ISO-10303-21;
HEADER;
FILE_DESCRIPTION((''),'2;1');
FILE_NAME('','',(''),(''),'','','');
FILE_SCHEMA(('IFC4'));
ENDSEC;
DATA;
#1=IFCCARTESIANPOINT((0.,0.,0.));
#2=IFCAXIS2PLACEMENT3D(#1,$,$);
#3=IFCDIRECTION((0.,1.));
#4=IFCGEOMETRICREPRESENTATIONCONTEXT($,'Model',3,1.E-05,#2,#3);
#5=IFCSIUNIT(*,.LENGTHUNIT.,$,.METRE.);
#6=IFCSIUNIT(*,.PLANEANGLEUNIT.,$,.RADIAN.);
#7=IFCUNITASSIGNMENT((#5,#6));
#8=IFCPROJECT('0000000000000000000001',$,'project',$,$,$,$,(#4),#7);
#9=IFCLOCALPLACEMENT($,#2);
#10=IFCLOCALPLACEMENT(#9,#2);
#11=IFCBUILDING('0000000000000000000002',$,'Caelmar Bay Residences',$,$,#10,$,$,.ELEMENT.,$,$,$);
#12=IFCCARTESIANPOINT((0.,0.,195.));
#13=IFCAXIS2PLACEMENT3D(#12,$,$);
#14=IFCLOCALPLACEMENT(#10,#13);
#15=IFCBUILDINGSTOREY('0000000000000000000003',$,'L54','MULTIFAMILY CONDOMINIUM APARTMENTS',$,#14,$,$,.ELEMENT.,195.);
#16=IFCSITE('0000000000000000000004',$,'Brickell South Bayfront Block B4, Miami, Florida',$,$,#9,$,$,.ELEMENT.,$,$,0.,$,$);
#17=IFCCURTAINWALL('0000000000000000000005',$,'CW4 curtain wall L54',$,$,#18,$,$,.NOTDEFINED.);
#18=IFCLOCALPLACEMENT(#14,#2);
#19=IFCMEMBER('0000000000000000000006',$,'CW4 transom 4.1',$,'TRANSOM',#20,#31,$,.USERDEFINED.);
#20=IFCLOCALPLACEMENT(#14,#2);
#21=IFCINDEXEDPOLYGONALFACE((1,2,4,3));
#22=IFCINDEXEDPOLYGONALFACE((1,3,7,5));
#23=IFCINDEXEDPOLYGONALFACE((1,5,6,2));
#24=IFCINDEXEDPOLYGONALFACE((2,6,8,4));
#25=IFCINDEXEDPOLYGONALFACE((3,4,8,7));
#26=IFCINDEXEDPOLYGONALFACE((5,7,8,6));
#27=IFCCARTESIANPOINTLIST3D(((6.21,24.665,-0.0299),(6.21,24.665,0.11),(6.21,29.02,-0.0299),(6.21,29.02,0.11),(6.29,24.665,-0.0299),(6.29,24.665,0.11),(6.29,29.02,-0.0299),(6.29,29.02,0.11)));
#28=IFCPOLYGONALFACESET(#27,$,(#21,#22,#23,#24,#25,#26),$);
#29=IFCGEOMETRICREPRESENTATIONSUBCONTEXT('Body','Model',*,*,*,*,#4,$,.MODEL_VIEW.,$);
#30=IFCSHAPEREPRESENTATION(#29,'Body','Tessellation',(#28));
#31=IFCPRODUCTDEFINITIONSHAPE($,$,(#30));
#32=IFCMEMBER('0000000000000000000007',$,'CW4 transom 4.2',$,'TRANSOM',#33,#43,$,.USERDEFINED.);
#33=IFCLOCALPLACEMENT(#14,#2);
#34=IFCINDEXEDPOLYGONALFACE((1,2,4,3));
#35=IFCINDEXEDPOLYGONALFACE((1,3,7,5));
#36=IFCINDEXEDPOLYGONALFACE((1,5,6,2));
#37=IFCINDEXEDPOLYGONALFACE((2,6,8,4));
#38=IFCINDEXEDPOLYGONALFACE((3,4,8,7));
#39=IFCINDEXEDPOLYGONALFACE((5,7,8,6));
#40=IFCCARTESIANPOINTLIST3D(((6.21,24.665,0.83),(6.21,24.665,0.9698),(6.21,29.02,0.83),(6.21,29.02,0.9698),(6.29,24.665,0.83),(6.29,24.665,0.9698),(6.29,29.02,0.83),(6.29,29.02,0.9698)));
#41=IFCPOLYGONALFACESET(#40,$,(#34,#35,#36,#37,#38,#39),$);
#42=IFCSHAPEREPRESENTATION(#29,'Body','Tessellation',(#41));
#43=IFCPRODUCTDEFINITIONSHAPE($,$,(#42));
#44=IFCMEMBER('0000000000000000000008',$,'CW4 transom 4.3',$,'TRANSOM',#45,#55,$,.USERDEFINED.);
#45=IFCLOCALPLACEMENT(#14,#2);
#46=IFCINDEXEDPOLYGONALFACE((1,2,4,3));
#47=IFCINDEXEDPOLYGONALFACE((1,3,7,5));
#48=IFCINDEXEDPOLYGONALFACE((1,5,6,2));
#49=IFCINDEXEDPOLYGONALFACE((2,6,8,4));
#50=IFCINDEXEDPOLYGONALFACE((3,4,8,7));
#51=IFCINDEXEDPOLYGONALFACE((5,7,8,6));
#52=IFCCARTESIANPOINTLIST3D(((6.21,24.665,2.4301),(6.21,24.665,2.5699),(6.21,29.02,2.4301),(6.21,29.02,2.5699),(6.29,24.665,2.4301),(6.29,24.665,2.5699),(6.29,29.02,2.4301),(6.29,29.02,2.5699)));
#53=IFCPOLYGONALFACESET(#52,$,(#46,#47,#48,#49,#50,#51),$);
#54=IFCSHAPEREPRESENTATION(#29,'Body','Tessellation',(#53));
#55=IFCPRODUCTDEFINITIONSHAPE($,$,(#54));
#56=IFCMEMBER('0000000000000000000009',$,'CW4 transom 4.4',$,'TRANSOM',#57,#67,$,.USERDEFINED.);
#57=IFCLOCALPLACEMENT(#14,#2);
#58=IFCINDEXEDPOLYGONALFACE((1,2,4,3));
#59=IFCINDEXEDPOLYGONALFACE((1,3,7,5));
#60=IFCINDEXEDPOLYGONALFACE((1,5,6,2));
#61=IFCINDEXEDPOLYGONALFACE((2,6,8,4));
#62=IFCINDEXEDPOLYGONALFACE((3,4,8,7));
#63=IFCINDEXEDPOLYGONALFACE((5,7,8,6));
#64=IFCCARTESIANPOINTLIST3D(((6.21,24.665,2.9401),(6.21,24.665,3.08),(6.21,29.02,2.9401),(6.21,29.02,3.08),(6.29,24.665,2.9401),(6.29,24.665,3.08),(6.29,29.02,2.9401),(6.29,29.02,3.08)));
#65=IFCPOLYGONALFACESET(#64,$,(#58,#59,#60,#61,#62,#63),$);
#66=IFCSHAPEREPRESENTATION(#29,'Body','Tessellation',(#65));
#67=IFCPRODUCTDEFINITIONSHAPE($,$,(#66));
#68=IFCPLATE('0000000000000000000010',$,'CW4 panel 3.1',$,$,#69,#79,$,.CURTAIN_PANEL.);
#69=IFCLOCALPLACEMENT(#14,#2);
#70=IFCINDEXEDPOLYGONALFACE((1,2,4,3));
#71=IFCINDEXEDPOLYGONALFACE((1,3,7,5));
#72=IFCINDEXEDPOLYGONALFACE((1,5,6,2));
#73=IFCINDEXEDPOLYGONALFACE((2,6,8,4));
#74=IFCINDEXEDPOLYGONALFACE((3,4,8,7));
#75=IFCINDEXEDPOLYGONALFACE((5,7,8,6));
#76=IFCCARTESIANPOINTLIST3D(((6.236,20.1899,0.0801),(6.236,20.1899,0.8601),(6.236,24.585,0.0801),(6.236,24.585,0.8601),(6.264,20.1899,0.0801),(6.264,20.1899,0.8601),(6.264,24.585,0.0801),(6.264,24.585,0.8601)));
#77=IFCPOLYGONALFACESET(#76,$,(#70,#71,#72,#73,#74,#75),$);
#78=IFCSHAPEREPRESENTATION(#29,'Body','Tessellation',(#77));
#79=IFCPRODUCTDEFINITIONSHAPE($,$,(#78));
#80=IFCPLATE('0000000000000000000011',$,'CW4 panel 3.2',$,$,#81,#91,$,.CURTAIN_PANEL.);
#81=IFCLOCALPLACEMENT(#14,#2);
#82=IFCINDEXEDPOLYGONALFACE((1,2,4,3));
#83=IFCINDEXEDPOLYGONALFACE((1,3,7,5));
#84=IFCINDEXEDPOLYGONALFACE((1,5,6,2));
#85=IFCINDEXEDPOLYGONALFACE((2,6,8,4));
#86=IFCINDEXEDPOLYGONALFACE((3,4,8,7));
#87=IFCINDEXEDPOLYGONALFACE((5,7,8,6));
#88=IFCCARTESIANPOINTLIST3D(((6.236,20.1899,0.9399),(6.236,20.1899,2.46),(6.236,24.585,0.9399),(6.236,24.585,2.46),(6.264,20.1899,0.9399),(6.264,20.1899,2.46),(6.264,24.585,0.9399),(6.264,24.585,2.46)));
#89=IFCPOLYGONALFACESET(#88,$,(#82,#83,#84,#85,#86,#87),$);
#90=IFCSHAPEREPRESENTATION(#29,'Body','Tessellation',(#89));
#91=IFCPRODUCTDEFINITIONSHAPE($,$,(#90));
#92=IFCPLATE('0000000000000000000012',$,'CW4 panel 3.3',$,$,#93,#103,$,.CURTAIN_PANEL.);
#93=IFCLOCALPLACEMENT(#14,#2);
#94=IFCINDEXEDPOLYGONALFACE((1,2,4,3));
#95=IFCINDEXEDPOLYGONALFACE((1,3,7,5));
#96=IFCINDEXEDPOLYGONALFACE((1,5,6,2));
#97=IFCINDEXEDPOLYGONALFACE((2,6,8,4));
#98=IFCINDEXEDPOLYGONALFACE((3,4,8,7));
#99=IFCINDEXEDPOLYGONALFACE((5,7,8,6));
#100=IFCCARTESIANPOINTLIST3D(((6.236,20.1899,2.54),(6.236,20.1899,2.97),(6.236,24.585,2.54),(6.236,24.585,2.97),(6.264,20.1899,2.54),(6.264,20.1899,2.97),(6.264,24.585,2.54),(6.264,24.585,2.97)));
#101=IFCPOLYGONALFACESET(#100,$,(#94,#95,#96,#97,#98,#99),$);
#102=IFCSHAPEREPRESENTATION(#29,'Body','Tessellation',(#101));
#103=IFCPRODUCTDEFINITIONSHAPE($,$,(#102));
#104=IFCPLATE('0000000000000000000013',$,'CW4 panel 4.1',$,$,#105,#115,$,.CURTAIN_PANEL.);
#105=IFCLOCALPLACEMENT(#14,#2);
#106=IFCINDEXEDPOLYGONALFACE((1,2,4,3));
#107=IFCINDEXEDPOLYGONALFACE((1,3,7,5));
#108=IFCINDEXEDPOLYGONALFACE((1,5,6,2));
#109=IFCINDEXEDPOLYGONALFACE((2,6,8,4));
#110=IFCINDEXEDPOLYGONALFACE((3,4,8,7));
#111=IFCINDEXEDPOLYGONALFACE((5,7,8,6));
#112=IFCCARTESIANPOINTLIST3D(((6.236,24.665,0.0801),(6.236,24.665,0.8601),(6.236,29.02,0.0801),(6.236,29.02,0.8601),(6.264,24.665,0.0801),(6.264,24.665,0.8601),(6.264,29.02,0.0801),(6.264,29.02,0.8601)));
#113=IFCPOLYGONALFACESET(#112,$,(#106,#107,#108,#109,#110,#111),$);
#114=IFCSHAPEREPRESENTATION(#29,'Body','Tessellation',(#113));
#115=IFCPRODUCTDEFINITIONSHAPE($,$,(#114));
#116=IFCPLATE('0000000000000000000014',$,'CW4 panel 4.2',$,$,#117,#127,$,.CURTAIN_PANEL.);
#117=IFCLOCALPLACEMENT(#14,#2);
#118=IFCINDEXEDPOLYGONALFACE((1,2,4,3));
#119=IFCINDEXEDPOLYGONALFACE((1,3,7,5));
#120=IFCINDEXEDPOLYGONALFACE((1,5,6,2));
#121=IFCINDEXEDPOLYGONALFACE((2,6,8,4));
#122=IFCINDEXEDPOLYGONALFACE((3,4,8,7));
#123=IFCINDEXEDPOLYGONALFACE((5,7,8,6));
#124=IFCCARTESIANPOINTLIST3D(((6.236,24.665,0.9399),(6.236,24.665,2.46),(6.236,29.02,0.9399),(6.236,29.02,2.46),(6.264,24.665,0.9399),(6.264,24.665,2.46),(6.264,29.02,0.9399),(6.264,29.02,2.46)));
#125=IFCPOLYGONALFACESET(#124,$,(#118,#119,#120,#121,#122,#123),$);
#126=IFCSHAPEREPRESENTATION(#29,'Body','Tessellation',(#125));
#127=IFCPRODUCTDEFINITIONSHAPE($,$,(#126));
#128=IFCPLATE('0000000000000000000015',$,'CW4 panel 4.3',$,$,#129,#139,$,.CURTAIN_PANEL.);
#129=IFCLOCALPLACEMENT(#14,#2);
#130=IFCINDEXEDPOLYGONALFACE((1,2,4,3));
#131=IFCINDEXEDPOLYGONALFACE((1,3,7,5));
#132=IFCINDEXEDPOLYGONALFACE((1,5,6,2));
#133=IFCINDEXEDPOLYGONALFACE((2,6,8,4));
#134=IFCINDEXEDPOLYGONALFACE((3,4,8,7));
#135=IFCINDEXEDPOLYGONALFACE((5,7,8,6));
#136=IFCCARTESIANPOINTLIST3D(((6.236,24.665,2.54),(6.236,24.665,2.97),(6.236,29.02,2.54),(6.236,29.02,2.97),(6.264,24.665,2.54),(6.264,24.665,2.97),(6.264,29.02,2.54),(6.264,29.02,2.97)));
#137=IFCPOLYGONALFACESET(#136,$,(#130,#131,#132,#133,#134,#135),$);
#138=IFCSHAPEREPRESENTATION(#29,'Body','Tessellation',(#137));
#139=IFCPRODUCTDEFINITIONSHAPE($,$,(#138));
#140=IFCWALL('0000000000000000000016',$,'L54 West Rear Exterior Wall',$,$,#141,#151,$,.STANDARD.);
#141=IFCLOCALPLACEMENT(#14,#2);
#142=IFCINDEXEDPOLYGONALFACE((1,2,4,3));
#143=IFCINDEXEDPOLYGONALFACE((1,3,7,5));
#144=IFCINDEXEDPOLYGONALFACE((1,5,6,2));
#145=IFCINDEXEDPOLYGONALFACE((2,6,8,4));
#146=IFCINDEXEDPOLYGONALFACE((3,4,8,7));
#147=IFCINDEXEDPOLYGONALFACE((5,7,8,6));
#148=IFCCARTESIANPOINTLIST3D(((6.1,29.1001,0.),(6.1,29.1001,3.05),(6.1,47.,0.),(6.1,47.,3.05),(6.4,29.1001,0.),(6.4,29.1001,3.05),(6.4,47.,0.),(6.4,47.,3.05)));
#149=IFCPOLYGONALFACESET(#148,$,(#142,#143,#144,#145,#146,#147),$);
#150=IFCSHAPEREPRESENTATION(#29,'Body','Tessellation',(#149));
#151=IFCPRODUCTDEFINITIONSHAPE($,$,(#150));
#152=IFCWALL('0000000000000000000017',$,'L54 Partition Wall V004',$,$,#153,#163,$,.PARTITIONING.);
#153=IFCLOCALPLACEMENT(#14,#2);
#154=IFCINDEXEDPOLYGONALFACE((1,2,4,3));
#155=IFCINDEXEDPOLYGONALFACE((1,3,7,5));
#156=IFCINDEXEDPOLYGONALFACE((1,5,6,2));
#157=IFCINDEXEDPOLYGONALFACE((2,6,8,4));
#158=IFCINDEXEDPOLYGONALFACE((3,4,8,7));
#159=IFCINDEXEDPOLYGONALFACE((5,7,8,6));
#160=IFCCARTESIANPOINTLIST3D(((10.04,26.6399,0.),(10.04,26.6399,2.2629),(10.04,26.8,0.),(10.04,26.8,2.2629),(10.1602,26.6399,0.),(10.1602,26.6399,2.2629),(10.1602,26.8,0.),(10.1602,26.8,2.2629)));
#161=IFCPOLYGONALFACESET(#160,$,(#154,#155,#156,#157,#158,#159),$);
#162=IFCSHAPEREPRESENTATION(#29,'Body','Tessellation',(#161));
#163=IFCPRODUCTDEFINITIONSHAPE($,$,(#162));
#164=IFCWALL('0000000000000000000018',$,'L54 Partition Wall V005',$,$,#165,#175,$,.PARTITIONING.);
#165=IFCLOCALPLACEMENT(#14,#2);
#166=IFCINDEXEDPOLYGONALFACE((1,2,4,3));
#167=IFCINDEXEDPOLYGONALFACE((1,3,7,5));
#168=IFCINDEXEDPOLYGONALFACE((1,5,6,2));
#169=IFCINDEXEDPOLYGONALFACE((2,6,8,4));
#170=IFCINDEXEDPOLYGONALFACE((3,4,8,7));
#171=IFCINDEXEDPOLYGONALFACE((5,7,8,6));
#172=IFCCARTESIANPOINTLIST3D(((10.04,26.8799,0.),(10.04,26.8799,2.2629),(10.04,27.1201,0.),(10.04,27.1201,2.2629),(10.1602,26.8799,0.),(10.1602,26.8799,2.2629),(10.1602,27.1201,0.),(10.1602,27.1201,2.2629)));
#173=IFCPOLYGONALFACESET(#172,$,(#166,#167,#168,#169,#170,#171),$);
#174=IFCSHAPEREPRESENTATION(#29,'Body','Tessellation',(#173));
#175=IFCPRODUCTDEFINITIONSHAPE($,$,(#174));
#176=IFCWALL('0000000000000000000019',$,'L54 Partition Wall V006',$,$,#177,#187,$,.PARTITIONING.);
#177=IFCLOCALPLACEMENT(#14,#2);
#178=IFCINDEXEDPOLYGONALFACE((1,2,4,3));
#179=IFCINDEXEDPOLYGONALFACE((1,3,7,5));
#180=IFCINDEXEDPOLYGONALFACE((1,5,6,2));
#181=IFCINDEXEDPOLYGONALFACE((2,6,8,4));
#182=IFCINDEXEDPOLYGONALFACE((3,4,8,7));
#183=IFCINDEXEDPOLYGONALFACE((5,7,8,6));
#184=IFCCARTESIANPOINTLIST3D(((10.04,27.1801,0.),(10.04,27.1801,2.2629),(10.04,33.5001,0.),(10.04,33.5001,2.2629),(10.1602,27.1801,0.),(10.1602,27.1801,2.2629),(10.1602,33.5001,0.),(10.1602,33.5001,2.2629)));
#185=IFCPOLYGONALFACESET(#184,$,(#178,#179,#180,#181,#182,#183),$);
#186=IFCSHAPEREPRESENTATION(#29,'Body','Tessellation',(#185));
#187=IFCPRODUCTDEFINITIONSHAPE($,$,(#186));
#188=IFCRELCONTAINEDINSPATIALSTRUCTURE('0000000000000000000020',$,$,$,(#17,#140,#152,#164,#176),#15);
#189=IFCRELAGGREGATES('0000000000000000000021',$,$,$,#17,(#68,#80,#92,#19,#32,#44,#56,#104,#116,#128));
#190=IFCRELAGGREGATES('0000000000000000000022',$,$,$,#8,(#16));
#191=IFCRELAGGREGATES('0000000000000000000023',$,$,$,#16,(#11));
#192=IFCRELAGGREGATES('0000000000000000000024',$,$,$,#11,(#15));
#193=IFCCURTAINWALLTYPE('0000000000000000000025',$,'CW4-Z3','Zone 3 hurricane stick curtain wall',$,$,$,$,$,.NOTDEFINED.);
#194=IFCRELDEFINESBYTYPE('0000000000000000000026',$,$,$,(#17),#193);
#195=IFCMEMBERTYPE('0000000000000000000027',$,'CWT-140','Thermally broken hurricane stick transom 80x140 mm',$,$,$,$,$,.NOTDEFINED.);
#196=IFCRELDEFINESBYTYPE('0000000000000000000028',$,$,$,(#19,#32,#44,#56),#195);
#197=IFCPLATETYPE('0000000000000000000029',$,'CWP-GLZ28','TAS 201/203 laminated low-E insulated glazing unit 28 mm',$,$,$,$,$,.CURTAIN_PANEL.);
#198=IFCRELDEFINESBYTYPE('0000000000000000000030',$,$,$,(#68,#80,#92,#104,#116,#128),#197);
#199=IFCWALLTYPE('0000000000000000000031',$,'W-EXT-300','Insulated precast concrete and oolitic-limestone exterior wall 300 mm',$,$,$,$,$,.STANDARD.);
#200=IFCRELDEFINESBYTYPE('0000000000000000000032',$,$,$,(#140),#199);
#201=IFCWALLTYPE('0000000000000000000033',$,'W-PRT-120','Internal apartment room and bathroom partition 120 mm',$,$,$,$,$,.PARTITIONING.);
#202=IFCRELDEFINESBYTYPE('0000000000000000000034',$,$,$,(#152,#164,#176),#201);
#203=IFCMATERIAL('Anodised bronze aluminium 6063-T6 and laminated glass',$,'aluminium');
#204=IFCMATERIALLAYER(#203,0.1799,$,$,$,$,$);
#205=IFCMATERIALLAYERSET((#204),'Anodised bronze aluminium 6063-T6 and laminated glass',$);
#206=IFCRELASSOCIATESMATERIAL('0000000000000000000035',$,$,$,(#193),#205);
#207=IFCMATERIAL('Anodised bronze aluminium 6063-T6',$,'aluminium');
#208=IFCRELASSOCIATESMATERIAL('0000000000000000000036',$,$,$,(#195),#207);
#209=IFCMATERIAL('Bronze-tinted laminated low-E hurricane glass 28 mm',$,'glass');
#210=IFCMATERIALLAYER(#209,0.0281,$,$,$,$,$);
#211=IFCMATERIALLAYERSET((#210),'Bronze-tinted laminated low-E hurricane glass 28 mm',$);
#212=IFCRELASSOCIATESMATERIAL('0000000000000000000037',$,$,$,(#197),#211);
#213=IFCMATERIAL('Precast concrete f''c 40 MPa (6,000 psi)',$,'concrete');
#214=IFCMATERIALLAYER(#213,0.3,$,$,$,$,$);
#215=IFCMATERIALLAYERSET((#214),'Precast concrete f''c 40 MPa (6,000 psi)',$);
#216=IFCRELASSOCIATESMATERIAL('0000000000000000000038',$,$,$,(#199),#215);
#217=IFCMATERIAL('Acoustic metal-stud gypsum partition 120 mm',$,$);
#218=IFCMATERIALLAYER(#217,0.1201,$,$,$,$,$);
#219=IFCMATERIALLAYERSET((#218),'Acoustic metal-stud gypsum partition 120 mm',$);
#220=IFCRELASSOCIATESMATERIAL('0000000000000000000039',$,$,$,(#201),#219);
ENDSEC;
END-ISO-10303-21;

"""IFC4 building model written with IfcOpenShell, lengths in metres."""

from ifc_helpers import new_model, si_unit, direction, frame, frame_2d, origin, origin_2d, place, context, subcontext, project, spatial, rectangle, extrude, material, layer, layer_set, material_profile, profile_set, type_object, element, aggregate, save


model = new_model("IFC4")

# Units and contexts
model_context = context("Model", 3, precision=1e-05, world=origin(), true_north=direction((0.0, 1.0)))
body_context = subcontext(model_context, "Body", "Model", "MODEL_VIEW")
ifc_project = project(units=[si_unit("LENGTHUNIT", "METRE"), si_unit("PLANEANGLEUNIT", "RADIAN")], contexts=[model_context])

# Site, building, storey
site_placement = place(None, origin())
site = spatial("IfcSite", under=ifc_project, at=site_placement, Name="Brickell South Bayfront Block B4, Miami, Florida", CompositionType="ELEMENT", RefElevation=0.0)
building_placement = place(site_placement, origin())
building = spatial("IfcBuilding", under=site, at=building_placement, Name="Caelmar Bay Residences", CompositionType="ELEMENT")
storey_placement = place(building_placement, frame((0.0, 0.0, 195.0)))
storey = spatial("IfcBuildingStorey", under=building, at=storey_placement, Name="L54", Description="MULTIFAMILY CONDOMINIUM APARTMENTS", CompositionType="ELEMENT", Elevation=195.0)

# Curtain wall, members, plates
ifc_material_1 = material(Name="Anodised bronze aluminium 6063-T6 and laminated glass", Category="aluminium")
ifc_layer_1 = layer(ifc_material_1, 0.1799)
ifc_layer_set_1 = layer_set([ifc_layer_1], Name="Anodised bronze aluminium 6063-T6 and laminated glass")
curtain_wall_type = type_object("IfcCurtainWallType", Name="CW4-Z3", Description="Zone 3 hurricane stick curtain wall", PredefinedType="NOTDEFINED", material=ifc_layer_set_1)
curtain_wall_placement = place(storey_placement, origin())
curtain_wall = element("IfcCurtainWall", 1, at=curtain_wall_placement, inside=storey, type_object=curtain_wall_type, Name="CW4 curtain wall L54", PredefinedType="NOTDEFINED")
ifc_material_2 = material(Name="Anodised bronze aluminium 6063-T6", Category="aluminium")
ifc_material_profile_1 = material_profile(ifc_material_2, rectangle(XDim=0.0801, YDim=0.1399, at=origin_2d()), Name="CWT-80X140")
ifc_profile_set_1 = profile_set([ifc_material_profile_1], Name="Anodised bronze aluminium 6063-T6")
member_type_1 = type_object("IfcMemberType", Name="CWT-140", Description="Thermally broken hurricane stick transom 80x140 mm", PredefinedType="NOTDEFINED", material=ifc_profile_set_1)
member_1_placement = place(storey_placement, frame((6.25, 24.665, 0.04), z_axis=(0.0, 1.0, 0.0), x_axis=(-1.0, 0.0, 0.0)))
member_1 = element("IfcMember", 2, at=member_1_placement, type_object=member_type_1, Name="CW4 transom 4.1", ObjectType="TRANSOM", PredefinedType="USERDEFINED", context=body_context, shape_type="SweptSolid", body=[
    extrude(rectangle(XDim=0.0801, YDim=0.1399, at=origin_2d()), origin(), (0.0, 0.0, 1.0), 4.355),
])
member_2_placement = place(storey_placement, frame((6.25, 24.665, 0.8999), z_axis=(0.0, 1.0, 0.0), x_axis=(-1.0, 0.0, 0.0)))
member_2 = element("IfcMember", 3, at=member_2_placement, type_object=member_type_1, Name="CW4 transom 4.2", ObjectType="TRANSOM", PredefinedType="USERDEFINED", context=body_context, shape_type="SweptSolid", body=[
    extrude(rectangle(XDim=0.0801, YDim=0.1399, at=origin_2d()), origin(), (0.0, 0.0, 1.0), 4.355),
])
member_3_placement = place(storey_placement, frame((6.25, 24.665, 2.5), z_axis=(0.0, 1.0, 0.0), x_axis=(-1.0, 0.0, 0.0)))
member_3 = element("IfcMember", 4, at=member_3_placement, type_object=member_type_1, Name="CW4 transom 4.3", ObjectType="TRANSOM", PredefinedType="USERDEFINED", context=body_context, shape_type="SweptSolid", body=[
    extrude(rectangle(XDim=0.0801, YDim=0.1399, at=origin_2d()), origin(), (0.0, 0.0, 1.0), 4.355),
])
member_4_placement = place(storey_placement, frame((6.25, 24.665, 3.01), z_axis=(0.0, 1.0, 0.0), x_axis=(-1.0, 0.0, 0.0)))
member_4 = element("IfcMember", 5, at=member_4_placement, type_object=member_type_1, Name="CW4 transom 4.4", ObjectType="TRANSOM", PredefinedType="USERDEFINED", context=body_context, shape_type="SweptSolid", body=[
    extrude(rectangle(XDim=0.0801, YDim=0.1399, at=origin_2d()), origin(), (0.0, 0.0, 1.0), 4.355),
])
ifc_material_3 = material(Name="Bronze-tinted laminated low-E hurricane glass 28 mm", Category="glass")
ifc_layer_2 = layer(ifc_material_3, 0.0281)
ifc_layer_set_2 = layer_set([ifc_layer_2], Name="Bronze-tinted laminated low-E hurricane glass 28 mm")
plate_type = type_object("IfcPlateType", Name="CWP-GLZ28", Description="TAS 201/203 laminated low-E insulated glazing unit 28 mm", PredefinedType="CURTAIN_PANEL", material=ifc_layer_set_2)
plate_1_placement = place(storey_placement, frame((6.25, 22.3875, 0.0801), z_axis=(0.0, 0.0, 1.0), x_axis=(0.0, 1.0, 0.0)))
plate_1 = element("IfcPlate", 6, at=plate_1_placement, type_object=plate_type, Name="CW4 panel 3.1", PredefinedType="CURTAIN_PANEL", context=body_context, shape_type="SweptSolid", body=[
    extrude(rectangle(XDim=4.395, YDim=0.0281, at=origin_2d()), origin(), (0.0, 0.0, 1.0), 0.78),
])
plate_2_placement = place(storey_placement, frame((6.25, 22.3875, 0.9399), z_axis=(0.0, 0.0, 1.0), x_axis=(0.0, 1.0, 0.0)))
plate_2 = element("IfcPlate", 7, at=plate_2_placement, type_object=plate_type, Name="CW4 panel 3.2", PredefinedType="CURTAIN_PANEL", context=body_context, shape_type="SweptSolid", body=[
    extrude(rectangle(XDim=4.395, YDim=0.0281, at=origin_2d()), origin(), (0.0, 0.0, 1.0), 1.52),
])
plate_3_placement = place(storey_placement, frame((6.25, 22.3875, 2.54), z_axis=(0.0, 0.0, 1.0), x_axis=(0.0, 1.0, 0.0)))
plate_3 = element("IfcPlate", 8, at=plate_3_placement, type_object=plate_type, Name="CW4 panel 3.3", PredefinedType="CURTAIN_PANEL", context=body_context, shape_type="SweptSolid", body=[
    extrude(rectangle(XDim=4.395, YDim=0.0281, at=origin_2d()), origin(), (0.0, 0.0, 1.0), 0.4299),
])
plate_4_placement = place(storey_placement, frame((6.25, 26.8425, 0.0801), z_axis=(0.0, 0.0, 1.0), x_axis=(0.0, 1.0, 0.0)))
plate_4 = element("IfcPlate", 9, at=plate_4_placement, type_object=plate_type, Name="CW4 panel 4.1", PredefinedType="CURTAIN_PANEL", context=body_context, shape_type="SweptSolid", body=[
    extrude(rectangle(XDim=4.355, YDim=0.0281, at=origin_2d()), origin(), (0.0, 0.0, 1.0), 0.78),
])
plate_5_placement = place(storey_placement, frame((6.25, 26.8425, 0.9399), z_axis=(0.0, 0.0, 1.0), x_axis=(0.0, 1.0, 0.0)))
plate_5 = element("IfcPlate", 10, at=plate_5_placement, type_object=plate_type, Name="CW4 panel 4.2", PredefinedType="CURTAIN_PANEL", context=body_context, shape_type="SweptSolid", body=[
    extrude(rectangle(XDim=4.355, YDim=0.0281, at=origin_2d()), origin(), (0.0, 0.0, 1.0), 1.52),
])
plate_6_placement = place(storey_placement, frame((6.25, 26.8425, 2.54), z_axis=(0.0, 0.0, 1.0), x_axis=(0.0, 1.0, 0.0)))
plate_6 = element("IfcPlate", 11, at=plate_6_placement, type_object=plate_type, Name="CW4 panel 4.3", PredefinedType="CURTAIN_PANEL", context=body_context, shape_type="SweptSolid", body=[
    extrude(rectangle(XDim=4.355, YDim=0.0281, at=origin_2d()), origin(), (0.0, 0.0, 1.0), 0.4299),
])
aggregate(curtain_wall, [plate_1, plate_2, plate_3, member_1, member_2, member_3, member_4, plate_4, plate_5, plate_6])

# Walls
ifc_material_4 = material(Name="Precast concrete f'c 40 MPa (6,000 psi)", Category="concrete")
ifc_layer_3 = layer(ifc_material_4, 0.3)
ifc_layer_set_3 = layer_set([ifc_layer_3], Name="Precast concrete f'c 40 MPa (6,000 psi)")
wall_type_1 = type_object("IfcWallType", Name="W-EXT-300", Description="Insulated precast concrete and oolitic-limestone exterior wall 300 mm", PredefinedType="STANDARD", material=ifc_layer_set_3)
wall_1_placement = place(storey_placement, frame((6.25, 29.1001, 0.0), z_axis=(0.0, 0.0, 1.0), x_axis=(0.0, 1.0, 0.0)))
element("IfcWall", 12, at=wall_1_placement, inside=storey, type_object=wall_type_1, Name="L54 West Rear Exterior Wall", PredefinedType="STANDARD", context=body_context, shape_type="SweptSolid", body=[
    extrude(rectangle(XDim=17.8999, YDim=0.3, at=frame_2d((8.95, 0.0))), origin(), (0.0, 0.0, 1.0), 3.05),
])
ifc_material_5 = material(Name="Acoustic metal-stud gypsum partition 120 mm")
ifc_layer_4 = layer(ifc_material_5, 0.1201)
ifc_layer_set_4 = layer_set([ifc_layer_4], Name="Acoustic metal-stud gypsum partition 120 mm")
wall_type_2 = type_object("IfcWallType", Name="W-PRT-120", Description="Internal apartment room and bathroom partition 120 mm", PredefinedType="PARTITIONING", material=ifc_layer_set_4)
wall_2_placement = place(storey_placement, frame((10.1001, 26.6399, 0.0), z_axis=(0.0, 0.0, 1.0), x_axis=(0.0, 1.0, 0.0)))
element("IfcWall", 13, at=wall_2_placement, inside=storey, type_object=wall_type_2, Name="L54 Partition Wall V004", PredefinedType="PARTITIONING", context=body_context, shape_type="SweptSolid", body=[
    extrude(rectangle(XDim=0.1602, YDim=0.1201, at=frame_2d((0.0801, 0.0))), origin(), (0.0, 0.0, 1.0), 2.2629),
])
wall_3_placement = place(storey_placement, frame((10.1001, 26.8799, 0.0), z_axis=(0.0, 0.0, 1.0), x_axis=(0.0, 1.0, 0.0)))
element("IfcWall", 14, at=wall_3_placement, inside=storey, type_object=wall_type_2, Name="L54 Partition Wall V005", PredefinedType="PARTITIONING", context=body_context, shape_type="SweptSolid", body=[
    extrude(rectangle(XDim=0.2402, YDim=0.1201, at=frame_2d((0.1201, 0.0))), origin(), (0.0, 0.0, 1.0), 2.2629),
])
wall_4_placement = place(storey_placement, frame((10.1001, 27.1799, 0.0), z_axis=(0.0, 0.0, 1.0), x_axis=(0.0, 1.0, 0.0)))
element("IfcWall", 15, at=wall_4_placement, inside=storey, type_object=wall_type_2, Name="L54 Partition Wall V006", PredefinedType="PARTITIONING", context=body_context, shape_type="SweptSolid", body=[
    extrude(rectangle(XDim=6.3201, YDim=0.1201, at=frame_2d((3.1602, 0.0))), origin(), (0.0, 0.0, 1.0), 2.2629),
])

save(model, "model.ifc")
